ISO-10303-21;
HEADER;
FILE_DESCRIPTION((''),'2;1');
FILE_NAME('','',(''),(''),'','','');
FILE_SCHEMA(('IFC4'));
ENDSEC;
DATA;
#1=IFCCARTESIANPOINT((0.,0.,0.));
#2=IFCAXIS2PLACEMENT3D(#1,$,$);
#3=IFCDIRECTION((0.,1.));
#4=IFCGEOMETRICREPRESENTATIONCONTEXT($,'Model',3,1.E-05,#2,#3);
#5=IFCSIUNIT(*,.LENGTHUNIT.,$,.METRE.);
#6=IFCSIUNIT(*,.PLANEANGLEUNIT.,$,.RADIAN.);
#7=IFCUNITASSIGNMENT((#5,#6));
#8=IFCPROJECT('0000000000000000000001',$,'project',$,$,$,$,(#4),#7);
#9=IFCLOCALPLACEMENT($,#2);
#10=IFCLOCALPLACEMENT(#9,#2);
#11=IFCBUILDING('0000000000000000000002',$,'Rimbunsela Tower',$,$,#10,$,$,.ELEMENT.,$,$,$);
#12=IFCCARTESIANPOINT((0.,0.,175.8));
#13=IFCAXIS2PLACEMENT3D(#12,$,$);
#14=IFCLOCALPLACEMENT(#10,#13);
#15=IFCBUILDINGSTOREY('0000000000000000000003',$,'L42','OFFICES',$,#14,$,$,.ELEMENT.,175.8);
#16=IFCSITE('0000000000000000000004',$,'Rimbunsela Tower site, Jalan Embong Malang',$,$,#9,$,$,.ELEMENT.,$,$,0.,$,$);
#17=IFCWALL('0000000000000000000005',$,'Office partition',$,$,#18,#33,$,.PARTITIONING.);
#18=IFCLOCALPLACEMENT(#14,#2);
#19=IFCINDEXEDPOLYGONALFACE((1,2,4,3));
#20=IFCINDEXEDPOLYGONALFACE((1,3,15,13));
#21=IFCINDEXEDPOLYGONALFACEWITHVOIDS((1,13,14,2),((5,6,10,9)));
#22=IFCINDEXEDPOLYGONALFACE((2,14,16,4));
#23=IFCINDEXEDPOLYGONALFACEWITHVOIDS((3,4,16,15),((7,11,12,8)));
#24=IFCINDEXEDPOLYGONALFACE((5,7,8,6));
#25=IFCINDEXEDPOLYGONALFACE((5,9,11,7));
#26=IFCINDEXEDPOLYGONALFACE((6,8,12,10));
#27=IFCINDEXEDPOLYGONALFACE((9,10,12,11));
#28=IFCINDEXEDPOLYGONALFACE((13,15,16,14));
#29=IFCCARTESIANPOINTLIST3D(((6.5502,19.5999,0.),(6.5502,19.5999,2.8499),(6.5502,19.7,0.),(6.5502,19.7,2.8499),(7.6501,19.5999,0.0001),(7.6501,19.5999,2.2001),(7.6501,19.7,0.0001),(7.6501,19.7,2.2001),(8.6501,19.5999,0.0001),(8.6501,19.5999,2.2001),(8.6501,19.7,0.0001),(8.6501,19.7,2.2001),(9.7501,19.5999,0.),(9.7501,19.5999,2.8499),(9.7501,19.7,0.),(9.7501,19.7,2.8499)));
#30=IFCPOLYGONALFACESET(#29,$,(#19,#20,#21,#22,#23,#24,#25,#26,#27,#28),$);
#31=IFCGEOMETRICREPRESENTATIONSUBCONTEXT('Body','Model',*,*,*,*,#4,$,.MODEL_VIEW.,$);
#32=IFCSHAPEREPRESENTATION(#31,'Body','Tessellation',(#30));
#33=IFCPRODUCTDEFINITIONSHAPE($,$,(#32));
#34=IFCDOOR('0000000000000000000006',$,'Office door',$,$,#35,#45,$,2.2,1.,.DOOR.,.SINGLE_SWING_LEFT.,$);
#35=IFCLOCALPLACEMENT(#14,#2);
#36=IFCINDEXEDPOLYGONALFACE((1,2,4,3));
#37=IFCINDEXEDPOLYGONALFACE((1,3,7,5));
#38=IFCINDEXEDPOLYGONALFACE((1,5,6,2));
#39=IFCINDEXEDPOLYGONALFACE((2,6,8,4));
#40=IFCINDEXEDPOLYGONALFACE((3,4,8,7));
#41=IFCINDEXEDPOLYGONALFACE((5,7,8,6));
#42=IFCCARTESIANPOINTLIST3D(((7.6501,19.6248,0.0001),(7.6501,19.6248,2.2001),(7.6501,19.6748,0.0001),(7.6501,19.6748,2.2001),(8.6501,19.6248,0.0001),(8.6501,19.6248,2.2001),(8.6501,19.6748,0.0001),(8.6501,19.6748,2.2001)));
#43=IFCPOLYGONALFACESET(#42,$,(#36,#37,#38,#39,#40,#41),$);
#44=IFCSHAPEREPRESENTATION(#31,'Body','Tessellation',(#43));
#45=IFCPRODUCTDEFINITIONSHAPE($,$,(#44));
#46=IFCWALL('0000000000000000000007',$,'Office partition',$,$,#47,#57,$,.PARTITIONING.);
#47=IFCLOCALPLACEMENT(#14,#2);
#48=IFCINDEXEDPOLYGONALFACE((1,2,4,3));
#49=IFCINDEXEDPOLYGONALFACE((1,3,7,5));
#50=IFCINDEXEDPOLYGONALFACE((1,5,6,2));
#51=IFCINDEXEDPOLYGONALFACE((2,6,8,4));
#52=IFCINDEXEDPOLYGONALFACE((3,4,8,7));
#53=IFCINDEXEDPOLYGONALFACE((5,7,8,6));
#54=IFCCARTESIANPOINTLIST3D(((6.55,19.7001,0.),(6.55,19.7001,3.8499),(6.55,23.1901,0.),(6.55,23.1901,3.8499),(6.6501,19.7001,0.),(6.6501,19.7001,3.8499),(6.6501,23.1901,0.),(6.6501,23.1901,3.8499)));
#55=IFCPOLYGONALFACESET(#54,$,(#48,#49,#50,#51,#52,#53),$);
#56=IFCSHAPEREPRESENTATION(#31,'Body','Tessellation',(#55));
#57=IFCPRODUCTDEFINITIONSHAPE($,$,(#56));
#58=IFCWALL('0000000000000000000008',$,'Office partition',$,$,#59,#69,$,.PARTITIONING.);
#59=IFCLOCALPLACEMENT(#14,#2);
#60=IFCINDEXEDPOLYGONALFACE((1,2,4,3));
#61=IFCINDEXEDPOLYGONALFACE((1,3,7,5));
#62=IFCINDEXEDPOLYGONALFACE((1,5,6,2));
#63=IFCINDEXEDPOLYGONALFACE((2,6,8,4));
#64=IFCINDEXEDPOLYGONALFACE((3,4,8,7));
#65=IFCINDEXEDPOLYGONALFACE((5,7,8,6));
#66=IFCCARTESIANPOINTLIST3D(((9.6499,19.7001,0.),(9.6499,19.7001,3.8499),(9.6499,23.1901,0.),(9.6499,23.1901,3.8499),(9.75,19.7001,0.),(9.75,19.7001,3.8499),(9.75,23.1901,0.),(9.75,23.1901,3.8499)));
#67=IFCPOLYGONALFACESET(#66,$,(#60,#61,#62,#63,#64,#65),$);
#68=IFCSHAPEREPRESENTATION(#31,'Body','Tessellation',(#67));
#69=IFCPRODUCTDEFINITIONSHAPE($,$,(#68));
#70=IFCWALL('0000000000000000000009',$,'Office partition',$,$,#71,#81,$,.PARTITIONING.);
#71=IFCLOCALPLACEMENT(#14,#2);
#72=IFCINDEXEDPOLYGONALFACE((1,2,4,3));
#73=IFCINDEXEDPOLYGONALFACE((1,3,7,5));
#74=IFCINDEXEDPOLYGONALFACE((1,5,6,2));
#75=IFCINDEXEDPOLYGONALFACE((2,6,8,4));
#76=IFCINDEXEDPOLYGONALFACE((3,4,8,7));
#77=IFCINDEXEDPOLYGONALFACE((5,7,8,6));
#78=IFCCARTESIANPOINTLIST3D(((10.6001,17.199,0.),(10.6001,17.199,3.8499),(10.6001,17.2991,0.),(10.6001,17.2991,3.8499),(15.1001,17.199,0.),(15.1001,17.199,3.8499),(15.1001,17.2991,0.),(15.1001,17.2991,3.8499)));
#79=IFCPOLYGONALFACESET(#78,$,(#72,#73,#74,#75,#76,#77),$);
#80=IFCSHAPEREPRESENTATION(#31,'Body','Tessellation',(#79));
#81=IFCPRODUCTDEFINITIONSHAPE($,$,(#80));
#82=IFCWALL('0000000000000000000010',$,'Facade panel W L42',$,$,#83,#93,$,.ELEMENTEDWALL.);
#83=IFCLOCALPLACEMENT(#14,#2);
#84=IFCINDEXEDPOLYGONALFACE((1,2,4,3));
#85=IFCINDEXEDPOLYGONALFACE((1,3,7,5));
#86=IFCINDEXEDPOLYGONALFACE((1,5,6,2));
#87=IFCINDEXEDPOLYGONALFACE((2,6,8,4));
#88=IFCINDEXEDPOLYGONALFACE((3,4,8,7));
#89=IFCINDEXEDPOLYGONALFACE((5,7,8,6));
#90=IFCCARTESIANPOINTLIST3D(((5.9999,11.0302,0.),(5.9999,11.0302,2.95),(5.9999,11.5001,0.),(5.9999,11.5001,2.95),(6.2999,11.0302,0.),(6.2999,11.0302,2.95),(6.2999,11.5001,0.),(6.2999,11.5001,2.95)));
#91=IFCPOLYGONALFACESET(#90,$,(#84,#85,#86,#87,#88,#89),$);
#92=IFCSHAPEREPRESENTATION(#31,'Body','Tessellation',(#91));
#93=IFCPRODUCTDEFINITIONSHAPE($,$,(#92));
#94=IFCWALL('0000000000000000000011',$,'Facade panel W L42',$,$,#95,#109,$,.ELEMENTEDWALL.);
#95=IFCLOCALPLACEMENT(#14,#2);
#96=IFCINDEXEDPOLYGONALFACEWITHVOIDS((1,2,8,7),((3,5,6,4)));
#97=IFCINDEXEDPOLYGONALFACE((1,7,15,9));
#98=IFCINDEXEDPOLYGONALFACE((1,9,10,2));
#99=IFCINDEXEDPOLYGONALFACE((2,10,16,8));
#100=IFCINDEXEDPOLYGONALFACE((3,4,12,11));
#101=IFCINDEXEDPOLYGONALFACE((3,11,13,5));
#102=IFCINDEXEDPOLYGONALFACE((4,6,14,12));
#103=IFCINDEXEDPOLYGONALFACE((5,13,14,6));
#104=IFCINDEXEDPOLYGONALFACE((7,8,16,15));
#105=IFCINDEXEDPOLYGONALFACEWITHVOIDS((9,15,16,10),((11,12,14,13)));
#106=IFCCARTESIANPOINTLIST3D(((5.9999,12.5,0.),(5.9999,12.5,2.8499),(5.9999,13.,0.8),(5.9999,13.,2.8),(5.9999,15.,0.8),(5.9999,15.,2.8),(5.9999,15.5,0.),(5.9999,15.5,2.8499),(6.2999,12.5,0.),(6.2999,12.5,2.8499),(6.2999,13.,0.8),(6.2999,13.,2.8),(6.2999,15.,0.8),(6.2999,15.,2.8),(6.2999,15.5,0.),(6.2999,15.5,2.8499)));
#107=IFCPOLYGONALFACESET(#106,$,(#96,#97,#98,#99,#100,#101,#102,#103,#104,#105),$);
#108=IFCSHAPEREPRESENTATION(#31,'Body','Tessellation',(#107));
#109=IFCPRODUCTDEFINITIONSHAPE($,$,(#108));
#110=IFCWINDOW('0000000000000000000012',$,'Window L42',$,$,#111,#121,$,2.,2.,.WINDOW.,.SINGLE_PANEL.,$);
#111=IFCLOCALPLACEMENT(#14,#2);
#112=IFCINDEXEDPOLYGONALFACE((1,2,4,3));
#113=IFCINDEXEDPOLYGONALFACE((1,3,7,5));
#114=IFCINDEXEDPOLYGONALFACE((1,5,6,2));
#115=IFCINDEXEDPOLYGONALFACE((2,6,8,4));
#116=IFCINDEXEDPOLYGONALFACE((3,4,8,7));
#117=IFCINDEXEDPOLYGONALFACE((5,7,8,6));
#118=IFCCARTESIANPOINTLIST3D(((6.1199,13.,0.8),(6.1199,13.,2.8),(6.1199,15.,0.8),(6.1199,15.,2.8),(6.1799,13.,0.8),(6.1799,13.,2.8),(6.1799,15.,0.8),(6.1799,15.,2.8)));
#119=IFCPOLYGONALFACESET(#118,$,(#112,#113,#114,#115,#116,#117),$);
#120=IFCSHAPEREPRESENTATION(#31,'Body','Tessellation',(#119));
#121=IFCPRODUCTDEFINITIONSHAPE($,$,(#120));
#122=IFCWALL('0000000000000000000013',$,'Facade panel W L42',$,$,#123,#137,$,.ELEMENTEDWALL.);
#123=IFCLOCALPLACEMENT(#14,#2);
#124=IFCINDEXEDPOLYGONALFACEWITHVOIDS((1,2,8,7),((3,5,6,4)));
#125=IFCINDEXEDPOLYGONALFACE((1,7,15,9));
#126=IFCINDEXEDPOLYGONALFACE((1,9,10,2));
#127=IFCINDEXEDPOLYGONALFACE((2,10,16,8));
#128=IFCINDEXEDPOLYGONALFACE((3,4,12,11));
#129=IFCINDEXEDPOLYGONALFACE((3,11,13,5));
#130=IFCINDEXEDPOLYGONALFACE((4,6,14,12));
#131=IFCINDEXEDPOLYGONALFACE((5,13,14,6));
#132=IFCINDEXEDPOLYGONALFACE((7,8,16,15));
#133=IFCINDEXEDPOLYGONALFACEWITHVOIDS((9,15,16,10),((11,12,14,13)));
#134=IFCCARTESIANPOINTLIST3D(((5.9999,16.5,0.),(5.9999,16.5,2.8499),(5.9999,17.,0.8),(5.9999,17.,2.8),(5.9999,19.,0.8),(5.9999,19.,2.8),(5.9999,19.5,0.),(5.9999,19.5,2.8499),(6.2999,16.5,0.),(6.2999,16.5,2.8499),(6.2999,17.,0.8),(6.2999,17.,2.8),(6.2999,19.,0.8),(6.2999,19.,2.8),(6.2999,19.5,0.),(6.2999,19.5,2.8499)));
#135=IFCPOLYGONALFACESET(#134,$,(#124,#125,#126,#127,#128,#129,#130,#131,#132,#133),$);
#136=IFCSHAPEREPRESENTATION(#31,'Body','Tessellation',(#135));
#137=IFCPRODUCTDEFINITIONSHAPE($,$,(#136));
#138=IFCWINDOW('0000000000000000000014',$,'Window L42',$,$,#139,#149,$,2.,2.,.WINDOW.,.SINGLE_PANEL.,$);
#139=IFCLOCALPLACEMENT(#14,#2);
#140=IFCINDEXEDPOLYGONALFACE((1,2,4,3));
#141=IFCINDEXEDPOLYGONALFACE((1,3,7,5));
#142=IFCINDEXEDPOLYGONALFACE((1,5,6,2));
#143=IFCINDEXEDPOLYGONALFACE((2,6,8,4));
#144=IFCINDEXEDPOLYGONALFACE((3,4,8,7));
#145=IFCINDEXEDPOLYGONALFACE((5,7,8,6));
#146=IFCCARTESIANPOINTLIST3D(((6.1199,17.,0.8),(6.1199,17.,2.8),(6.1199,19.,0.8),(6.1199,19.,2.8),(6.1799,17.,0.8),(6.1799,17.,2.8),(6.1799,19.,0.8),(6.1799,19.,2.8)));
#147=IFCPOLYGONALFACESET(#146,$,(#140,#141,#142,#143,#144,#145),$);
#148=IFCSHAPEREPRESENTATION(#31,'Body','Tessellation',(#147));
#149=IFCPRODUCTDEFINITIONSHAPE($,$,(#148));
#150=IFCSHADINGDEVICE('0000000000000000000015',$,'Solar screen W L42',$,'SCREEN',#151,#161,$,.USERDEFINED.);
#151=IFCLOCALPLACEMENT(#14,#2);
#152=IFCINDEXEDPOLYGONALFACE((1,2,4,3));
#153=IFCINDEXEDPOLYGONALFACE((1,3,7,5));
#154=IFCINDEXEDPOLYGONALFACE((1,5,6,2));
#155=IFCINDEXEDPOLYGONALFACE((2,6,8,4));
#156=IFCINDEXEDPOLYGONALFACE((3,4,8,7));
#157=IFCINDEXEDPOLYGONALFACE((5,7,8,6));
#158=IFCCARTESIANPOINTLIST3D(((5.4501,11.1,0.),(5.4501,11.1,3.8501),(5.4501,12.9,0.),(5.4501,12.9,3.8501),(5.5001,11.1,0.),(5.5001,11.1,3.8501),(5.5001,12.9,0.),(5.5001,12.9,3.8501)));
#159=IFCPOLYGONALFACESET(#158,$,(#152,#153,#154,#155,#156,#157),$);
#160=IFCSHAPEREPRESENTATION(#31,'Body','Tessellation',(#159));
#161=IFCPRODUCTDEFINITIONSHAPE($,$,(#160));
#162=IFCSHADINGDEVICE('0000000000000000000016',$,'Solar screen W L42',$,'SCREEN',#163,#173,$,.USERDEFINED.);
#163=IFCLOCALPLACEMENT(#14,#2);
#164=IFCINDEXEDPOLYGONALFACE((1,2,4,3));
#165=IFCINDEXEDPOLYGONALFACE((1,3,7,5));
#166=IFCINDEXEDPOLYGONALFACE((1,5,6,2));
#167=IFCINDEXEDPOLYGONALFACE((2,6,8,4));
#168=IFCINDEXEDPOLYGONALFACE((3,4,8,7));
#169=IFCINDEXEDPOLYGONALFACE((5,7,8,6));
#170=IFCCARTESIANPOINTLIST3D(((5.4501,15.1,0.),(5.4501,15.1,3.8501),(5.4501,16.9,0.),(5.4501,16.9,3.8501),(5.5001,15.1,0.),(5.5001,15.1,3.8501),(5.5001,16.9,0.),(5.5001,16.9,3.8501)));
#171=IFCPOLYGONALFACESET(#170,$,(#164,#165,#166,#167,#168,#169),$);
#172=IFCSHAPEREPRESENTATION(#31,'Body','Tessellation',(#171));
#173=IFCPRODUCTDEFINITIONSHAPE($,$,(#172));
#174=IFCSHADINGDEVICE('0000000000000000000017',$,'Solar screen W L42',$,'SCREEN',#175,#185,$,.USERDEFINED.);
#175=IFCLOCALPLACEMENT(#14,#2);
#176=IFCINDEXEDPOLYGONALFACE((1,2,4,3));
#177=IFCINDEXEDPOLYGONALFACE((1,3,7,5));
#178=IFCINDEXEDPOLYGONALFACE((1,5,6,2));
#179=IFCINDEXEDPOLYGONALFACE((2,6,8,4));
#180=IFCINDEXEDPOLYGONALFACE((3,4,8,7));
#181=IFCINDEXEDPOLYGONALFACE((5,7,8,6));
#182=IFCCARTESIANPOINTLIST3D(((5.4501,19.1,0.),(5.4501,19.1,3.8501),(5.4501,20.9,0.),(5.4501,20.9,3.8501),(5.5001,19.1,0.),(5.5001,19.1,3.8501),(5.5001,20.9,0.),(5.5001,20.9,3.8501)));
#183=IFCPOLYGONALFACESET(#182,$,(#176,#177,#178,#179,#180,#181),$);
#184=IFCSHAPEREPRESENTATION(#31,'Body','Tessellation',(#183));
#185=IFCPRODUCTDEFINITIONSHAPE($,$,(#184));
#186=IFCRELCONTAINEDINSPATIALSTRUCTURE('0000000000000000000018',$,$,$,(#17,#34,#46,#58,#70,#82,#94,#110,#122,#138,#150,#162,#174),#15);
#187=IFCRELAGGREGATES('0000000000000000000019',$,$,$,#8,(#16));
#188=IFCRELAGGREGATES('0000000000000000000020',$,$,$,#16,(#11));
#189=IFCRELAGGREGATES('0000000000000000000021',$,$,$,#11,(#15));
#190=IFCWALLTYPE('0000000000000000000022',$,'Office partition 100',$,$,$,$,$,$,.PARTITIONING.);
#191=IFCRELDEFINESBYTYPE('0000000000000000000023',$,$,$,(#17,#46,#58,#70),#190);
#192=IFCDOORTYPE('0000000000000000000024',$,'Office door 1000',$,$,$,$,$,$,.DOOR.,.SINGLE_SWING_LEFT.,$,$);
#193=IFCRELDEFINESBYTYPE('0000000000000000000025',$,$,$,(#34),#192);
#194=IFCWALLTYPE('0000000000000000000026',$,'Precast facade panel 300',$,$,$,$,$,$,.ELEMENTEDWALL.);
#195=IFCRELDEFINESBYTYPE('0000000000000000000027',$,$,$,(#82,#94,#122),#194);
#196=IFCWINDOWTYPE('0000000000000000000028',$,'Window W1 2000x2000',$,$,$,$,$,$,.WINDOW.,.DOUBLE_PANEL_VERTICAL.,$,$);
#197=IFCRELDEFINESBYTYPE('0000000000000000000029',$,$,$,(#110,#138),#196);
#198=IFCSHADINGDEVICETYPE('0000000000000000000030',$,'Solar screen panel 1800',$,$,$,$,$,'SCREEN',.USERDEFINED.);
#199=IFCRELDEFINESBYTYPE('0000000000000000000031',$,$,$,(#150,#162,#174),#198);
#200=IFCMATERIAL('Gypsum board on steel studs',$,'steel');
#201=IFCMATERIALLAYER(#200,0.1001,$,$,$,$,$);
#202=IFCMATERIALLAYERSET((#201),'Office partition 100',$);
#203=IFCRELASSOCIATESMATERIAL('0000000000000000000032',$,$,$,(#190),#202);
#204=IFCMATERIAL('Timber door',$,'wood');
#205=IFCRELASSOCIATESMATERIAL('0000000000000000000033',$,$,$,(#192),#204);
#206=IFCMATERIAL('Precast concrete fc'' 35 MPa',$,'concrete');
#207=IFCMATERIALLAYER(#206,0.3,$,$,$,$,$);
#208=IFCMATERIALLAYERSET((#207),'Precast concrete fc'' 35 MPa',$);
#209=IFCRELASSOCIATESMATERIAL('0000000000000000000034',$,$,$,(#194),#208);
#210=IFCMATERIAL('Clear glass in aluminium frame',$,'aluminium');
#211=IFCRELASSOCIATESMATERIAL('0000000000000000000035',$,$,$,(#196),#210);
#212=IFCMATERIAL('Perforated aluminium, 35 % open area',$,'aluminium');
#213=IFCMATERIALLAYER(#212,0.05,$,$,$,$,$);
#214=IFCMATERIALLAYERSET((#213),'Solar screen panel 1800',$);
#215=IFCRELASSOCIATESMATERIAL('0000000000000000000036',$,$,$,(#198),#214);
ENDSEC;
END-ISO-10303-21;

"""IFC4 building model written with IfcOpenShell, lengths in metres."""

from ifc_helpers import new_model, si_unit, direction, frame, frame_2d, origin, origin_2d, place, context, subcontext, project, spatial, rectangle, extrude, material, layer, layer_set, type_object, element, fill, save


model = new_model("IFC4")

# Units and contexts
model_context = context("Model", 3, precision=1e-05, world=origin(), true_north=direction((0.0, 1.0)))
body_context = subcontext(model_context, "Body", "Model", "MODEL_VIEW")
ifc_project = project(units=[si_unit("LENGTHUNIT", "METRE"), si_unit("PLANEANGLEUNIT", "RADIAN")], contexts=[model_context])

# Site, building, storey
site_placement = place(None, origin())
site = spatial("IfcSite", under=ifc_project, at=site_placement, Name="Rimbunsela Tower site, Jalan Embong Malang", CompositionType="ELEMENT", RefElevation=0.0)
building_placement = place(site_placement, origin())
building = spatial("IfcBuilding", under=site, at=building_placement, Name="Rimbunsela Tower", CompositionType="ELEMENT")
storey_placement = place(building_placement, frame((0.0, 0.0, 175.8)))
storey = spatial("IfcBuildingStorey", under=building, at=storey_placement, Name="L42", Description="OFFICES", CompositionType="ELEMENT", Elevation=175.8)

# Wall, opening, door
ifc_material_1 = material(Name="Gypsum board on steel studs", Category="steel")
ifc_layer_1 = layer(ifc_material_1, 0.1001)
ifc_layer_set_1 = layer_set([ifc_layer_1], Name="Office partition 100")
wall_type_1 = type_object("IfcWallType", Name="Office partition 100", PredefinedType="PARTITIONING", material=ifc_layer_set_1)
wall_1_placement = place(storey_placement, frame((6.55, 19.6499, 0.0), z_axis=(0.0, 0.0, 1.0), x_axis=(1.0, 0.0, 0.0)))
wall_1 = element("IfcWall", 1, at=wall_1_placement, inside=storey, type_object=wall_type_1, Name="Office partition", PredefinedType="PARTITIONING", context=body_context, shape_type="SweptSolid", body=[
    extrude(rectangle(XDim=3.2, YDim=0.1001, at=frame_2d((1.6001, 0.0))), origin(), (0.0, 0.0, 1.0), 2.8499),
])
opening_1_placement = place(wall_1_placement, frame((1.1001, 0.0, 0.0)))
opening_1 = element("IfcOpeningElement", 2, at=opening_1_placement, cuts=wall_1, PredefinedType="OPENING", context=body_context, shape_type="SweptSolid", body=[
    extrude(rectangle(XDim=1.0, YDim=2.2, at=frame_2d((0.5, 1.1001))), frame((0.0, 0.0601, 0.0), z_axis=(0.0, -1.0, 0.0), x_axis=(1.0, 0.0, 0.0)), (0.0, 0.0, 1.0), 0.1201),
])
ifc_material_2 = material(Name="Timber door", Category="wood")
door_type = type_object("IfcDoorType", Name="Office door 1000", OperationType="SINGLE_SWING_LEFT", PredefinedType="DOOR", material=ifc_material_2)
door_placement = place(opening_1_placement, origin())
door = element("IfcDoor", 3, at=door_placement, inside=storey, type_object=door_type, Name="Office door", OperationType="SINGLE_SWING_LEFT", OverallHeight=2.2, OverallWidth=1.0, PredefinedType="DOOR", context=body_context, shape_type="SweptSolid", body=[
    extrude(rectangle(XDim=1.0, YDim=2.2, at=frame_2d((0.5, 1.1001))), frame((0.0, 0.0249, 0.0), z_axis=(0.0, -1.0, 0.0), x_axis=(1.0, 0.0, 0.0)), (0.0, 0.0, 1.0), 0.05),
])
fill(opening_1, door)

# Walls
for number, where, z_axis, x_axis, name in (
    (4, (6.6001, 19.7, 0.0), (0.0, 0.0, 1.0), (0.0, 1.0, 0.0), "Office partition"),
    (5, (9.7, 19.7, 0.0), (0.0, 0.0, 1.0), (0.0, 1.0, 0.0), "Office partition"),
):
    element("IfcWall", number, at=place(storey_placement, frame(where, z_axis=z_axis, x_axis=x_axis)), inside=storey, type_object=wall_type_1, Name=name, PredefinedType="PARTITIONING", context=body_context, shape_type="SweptSolid", body=[
        extrude(rectangle(XDim=3.49, YDim=0.1001, at=frame_2d((1.7451, 0.0))), origin(), (0.0, 0.0, 1.0), 3.8499),
    ])
wall_2_placement = place(storey_placement, frame((10.6001, 17.249, 0.0), z_axis=(0.0, 0.0, 1.0), x_axis=(1.0, 0.0, 0.0)))
element("IfcWall", 6, at=wall_2_placement, inside=storey, type_object=wall_type_1, Name="Office partition", PredefinedType="PARTITIONING", context=body_context, shape_type="SweptSolid", body=[
    extrude(rectangle(XDim=4.5, YDim=0.1001, at=frame_2d((2.25, 0.0))), origin(), (0.0, 0.0, 1.0), 3.8499),
])
ifc_material_3 = material(Name="Precast concrete fc' 35 MPa", Category="concrete")
ifc_layer_2 = layer(ifc_material_3, 0.3)
ifc_layer_set_2 = layer_set([ifc_layer_2], Name="Precast concrete fc' 35 MPa")
wall_type_2 = type_object("IfcWallType", Name="Precast facade panel 300", PredefinedType="ELEMENTEDWALL", material=ifc_layer_set_2)
wall_3_placement = place(storey_placement, frame((6.1499, 11.5, 0.0), z_axis=(0.0, 0.0, 1.0), x_axis=(0.0, -1.0, 0.0)))
element("IfcWall", 7, at=wall_3_placement, inside=storey, type_object=wall_type_2, Name="Facade panel W L42", PredefinedType="ELEMENTEDWALL", context=body_context, shape_type="SweptSolid", body=[
    extrude(rectangle(XDim=0.47, YDim=0.3, at=frame_2d((0.2349, 0.0))), origin(), (0.0, 0.0, 1.0), 2.95),
])

# Walls, openings, windows
wall_4_placement = place(storey_placement, frame((6.1499, 15.5, 0.0), z_axis=(0.0, 0.0, 1.0), x_axis=(0.0, -1.0, 0.0)))
wall_4 = element("IfcWall", 8, at=wall_4_placement, inside=storey, type_object=wall_type_2, Name="Facade panel W L42", PredefinedType="ELEMENTEDWALL", context=body_context, shape_type="SweptSolid", body=[
    extrude(rectangle(XDim=3.0, YDim=0.3, at=frame_2d((1.5, 0.0))), origin(), (0.0, 0.0, 1.0), 2.8499),
])
opening_2_placement = place(wall_4_placement, frame((0.5, 0.0, 0.8)))
opening_2 = element("IfcOpeningElement", 9, at=opening_2_placement, cuts=wall_4, PredefinedType="OPENING", context=body_context, shape_type="SweptSolid", body=[
    extrude(rectangle(XDim=2.0, YDim=2.0, at=frame_2d((1.0, 1.0))), frame((0.0, 0.1599, 0.0), z_axis=(0.0, -1.0, 0.0), x_axis=(1.0, 0.0, 0.0)), (0.0, 0.0, 1.0), 0.3201),
])
ifc_material_4 = material(Name="Clear glass in aluminium frame", Category="aluminium")
window_type = type_object("IfcWindowType", Name="Window W1 2000x2000", PartitioningType="DOUBLE_PANEL_VERTICAL", PredefinedType="WINDOW", material=ifc_material_4)
window_1_placement = place(opening_2_placement, origin())
window_1 = element("IfcWindow", 10, at=window_1_placement, inside=storey, type_object=window_type, Name="Window L42", OverallHeight=2.0, OverallWidth=2.0, PartitioningType="SINGLE_PANEL", PredefinedType="WINDOW", context=body_context, shape_type="SweptSolid", body=[
    extrude(rectangle(XDim=2.0, YDim=2.0, at=frame_2d((1.0, 1.0))), frame((0.0, 0.03, 0.0), z_axis=(0.0, -1.0, 0.0), x_axis=(1.0, 0.0, 0.0)), (0.0, 0.0, 1.0), 0.0601),
])
fill(opening_2, window_1)
wall_5_placement = place(storey_placement, frame((6.1499, 19.5, 0.0), z_axis=(0.0, 0.0, 1.0), x_axis=(0.0, -1.0, 0.0)))
wall_5 = element("IfcWall", 11, at=wall_5_placement, inside=storey, type_object=wall_type_2, Name="Facade panel W L42", PredefinedType="ELEMENTEDWALL", context=body_context, shape_type="SweptSolid", body=[
    extrude(rectangle(XDim=3.0, YDim=0.3, at=frame_2d((1.5, 0.0))), origin(), (0.0, 0.0, 1.0), 2.8499),
])
opening_3_placement = place(wall_5_placement, frame((0.5, 0.0, 0.8)))
opening_3 = element("IfcOpeningElement", 12, at=opening_3_placement, cuts=wall_5, PredefinedType="OPENING", context=body_context, shape_type="SweptSolid", body=[
    extrude(rectangle(XDim=2.0, YDim=2.0, at=frame_2d((1.0, 1.0))), frame((0.0, 0.1599, 0.0), z_axis=(0.0, -1.0, 0.0), x_axis=(1.0, 0.0, 0.0)), (0.0, 0.0, 1.0), 0.3201),
])
window_2_placement = place(opening_3_placement, origin())
window_2 = element("IfcWindow", 13, at=window_2_placement, inside=storey, type_object=window_type, Name="Window L42", OverallHeight=2.0, OverallWidth=2.0, PartitioningType="SINGLE_PANEL", PredefinedType="WINDOW", context=body_context, shape_type="SweptSolid", body=[
    extrude(rectangle(XDim=2.0, YDim=2.0, at=frame_2d((1.0, 1.0))), frame((0.0, 0.03, 0.0), z_axis=(0.0, -1.0, 0.0), x_axis=(1.0, 0.0, 0.0)), (0.0, 0.0, 1.0), 0.0601),
])
fill(opening_3, window_2)

# Shading devices
ifc_material_5 = material(Name="Perforated aluminium, 35 % open area", Category="aluminium")
ifc_layer_3 = layer(ifc_material_5, 0.05)
ifc_layer_set_3 = layer_set([ifc_layer_3], Name="Solar screen panel 1800")
shading_device_type = type_object("IfcShadingDeviceType", Name="Solar screen panel 1800", ElementType="SCREEN", PredefinedType="USERDEFINED", material=ifc_layer_set_3)
for number, where, z_axis, x_axis, name in (
    (14, (5.4751, 12.0, 0.0), (0.0, 0.0, 1.0), (0.0, 1.0, 0.0), "Solar screen W L42"),
    (15, (5.4751, 16.0, 0.0), (0.0, 0.0, 1.0), (0.0, 1.0, 0.0), "Solar screen W L42"),
    (16, (5.4751, 20.0, 0.0), (0.0, 0.0, 1.0), (0.0, 1.0, 0.0), "Solar screen W L42"),
):
    element("IfcShadingDevice", number, at=place(storey_placement, frame(where, z_axis=z_axis, x_axis=x_axis)), inside=storey, type_object=shading_device_type, Name=name, ObjectType="SCREEN", PredefinedType="USERDEFINED", context=body_context, shape_type="SweptSolid", body=[
        extrude(rectangle(XDim=1.8, YDim=0.05, at=origin_2d()), origin(), (0.0, 0.0, 1.0), 3.8501),
    ])

save(model, "model.ifc")
